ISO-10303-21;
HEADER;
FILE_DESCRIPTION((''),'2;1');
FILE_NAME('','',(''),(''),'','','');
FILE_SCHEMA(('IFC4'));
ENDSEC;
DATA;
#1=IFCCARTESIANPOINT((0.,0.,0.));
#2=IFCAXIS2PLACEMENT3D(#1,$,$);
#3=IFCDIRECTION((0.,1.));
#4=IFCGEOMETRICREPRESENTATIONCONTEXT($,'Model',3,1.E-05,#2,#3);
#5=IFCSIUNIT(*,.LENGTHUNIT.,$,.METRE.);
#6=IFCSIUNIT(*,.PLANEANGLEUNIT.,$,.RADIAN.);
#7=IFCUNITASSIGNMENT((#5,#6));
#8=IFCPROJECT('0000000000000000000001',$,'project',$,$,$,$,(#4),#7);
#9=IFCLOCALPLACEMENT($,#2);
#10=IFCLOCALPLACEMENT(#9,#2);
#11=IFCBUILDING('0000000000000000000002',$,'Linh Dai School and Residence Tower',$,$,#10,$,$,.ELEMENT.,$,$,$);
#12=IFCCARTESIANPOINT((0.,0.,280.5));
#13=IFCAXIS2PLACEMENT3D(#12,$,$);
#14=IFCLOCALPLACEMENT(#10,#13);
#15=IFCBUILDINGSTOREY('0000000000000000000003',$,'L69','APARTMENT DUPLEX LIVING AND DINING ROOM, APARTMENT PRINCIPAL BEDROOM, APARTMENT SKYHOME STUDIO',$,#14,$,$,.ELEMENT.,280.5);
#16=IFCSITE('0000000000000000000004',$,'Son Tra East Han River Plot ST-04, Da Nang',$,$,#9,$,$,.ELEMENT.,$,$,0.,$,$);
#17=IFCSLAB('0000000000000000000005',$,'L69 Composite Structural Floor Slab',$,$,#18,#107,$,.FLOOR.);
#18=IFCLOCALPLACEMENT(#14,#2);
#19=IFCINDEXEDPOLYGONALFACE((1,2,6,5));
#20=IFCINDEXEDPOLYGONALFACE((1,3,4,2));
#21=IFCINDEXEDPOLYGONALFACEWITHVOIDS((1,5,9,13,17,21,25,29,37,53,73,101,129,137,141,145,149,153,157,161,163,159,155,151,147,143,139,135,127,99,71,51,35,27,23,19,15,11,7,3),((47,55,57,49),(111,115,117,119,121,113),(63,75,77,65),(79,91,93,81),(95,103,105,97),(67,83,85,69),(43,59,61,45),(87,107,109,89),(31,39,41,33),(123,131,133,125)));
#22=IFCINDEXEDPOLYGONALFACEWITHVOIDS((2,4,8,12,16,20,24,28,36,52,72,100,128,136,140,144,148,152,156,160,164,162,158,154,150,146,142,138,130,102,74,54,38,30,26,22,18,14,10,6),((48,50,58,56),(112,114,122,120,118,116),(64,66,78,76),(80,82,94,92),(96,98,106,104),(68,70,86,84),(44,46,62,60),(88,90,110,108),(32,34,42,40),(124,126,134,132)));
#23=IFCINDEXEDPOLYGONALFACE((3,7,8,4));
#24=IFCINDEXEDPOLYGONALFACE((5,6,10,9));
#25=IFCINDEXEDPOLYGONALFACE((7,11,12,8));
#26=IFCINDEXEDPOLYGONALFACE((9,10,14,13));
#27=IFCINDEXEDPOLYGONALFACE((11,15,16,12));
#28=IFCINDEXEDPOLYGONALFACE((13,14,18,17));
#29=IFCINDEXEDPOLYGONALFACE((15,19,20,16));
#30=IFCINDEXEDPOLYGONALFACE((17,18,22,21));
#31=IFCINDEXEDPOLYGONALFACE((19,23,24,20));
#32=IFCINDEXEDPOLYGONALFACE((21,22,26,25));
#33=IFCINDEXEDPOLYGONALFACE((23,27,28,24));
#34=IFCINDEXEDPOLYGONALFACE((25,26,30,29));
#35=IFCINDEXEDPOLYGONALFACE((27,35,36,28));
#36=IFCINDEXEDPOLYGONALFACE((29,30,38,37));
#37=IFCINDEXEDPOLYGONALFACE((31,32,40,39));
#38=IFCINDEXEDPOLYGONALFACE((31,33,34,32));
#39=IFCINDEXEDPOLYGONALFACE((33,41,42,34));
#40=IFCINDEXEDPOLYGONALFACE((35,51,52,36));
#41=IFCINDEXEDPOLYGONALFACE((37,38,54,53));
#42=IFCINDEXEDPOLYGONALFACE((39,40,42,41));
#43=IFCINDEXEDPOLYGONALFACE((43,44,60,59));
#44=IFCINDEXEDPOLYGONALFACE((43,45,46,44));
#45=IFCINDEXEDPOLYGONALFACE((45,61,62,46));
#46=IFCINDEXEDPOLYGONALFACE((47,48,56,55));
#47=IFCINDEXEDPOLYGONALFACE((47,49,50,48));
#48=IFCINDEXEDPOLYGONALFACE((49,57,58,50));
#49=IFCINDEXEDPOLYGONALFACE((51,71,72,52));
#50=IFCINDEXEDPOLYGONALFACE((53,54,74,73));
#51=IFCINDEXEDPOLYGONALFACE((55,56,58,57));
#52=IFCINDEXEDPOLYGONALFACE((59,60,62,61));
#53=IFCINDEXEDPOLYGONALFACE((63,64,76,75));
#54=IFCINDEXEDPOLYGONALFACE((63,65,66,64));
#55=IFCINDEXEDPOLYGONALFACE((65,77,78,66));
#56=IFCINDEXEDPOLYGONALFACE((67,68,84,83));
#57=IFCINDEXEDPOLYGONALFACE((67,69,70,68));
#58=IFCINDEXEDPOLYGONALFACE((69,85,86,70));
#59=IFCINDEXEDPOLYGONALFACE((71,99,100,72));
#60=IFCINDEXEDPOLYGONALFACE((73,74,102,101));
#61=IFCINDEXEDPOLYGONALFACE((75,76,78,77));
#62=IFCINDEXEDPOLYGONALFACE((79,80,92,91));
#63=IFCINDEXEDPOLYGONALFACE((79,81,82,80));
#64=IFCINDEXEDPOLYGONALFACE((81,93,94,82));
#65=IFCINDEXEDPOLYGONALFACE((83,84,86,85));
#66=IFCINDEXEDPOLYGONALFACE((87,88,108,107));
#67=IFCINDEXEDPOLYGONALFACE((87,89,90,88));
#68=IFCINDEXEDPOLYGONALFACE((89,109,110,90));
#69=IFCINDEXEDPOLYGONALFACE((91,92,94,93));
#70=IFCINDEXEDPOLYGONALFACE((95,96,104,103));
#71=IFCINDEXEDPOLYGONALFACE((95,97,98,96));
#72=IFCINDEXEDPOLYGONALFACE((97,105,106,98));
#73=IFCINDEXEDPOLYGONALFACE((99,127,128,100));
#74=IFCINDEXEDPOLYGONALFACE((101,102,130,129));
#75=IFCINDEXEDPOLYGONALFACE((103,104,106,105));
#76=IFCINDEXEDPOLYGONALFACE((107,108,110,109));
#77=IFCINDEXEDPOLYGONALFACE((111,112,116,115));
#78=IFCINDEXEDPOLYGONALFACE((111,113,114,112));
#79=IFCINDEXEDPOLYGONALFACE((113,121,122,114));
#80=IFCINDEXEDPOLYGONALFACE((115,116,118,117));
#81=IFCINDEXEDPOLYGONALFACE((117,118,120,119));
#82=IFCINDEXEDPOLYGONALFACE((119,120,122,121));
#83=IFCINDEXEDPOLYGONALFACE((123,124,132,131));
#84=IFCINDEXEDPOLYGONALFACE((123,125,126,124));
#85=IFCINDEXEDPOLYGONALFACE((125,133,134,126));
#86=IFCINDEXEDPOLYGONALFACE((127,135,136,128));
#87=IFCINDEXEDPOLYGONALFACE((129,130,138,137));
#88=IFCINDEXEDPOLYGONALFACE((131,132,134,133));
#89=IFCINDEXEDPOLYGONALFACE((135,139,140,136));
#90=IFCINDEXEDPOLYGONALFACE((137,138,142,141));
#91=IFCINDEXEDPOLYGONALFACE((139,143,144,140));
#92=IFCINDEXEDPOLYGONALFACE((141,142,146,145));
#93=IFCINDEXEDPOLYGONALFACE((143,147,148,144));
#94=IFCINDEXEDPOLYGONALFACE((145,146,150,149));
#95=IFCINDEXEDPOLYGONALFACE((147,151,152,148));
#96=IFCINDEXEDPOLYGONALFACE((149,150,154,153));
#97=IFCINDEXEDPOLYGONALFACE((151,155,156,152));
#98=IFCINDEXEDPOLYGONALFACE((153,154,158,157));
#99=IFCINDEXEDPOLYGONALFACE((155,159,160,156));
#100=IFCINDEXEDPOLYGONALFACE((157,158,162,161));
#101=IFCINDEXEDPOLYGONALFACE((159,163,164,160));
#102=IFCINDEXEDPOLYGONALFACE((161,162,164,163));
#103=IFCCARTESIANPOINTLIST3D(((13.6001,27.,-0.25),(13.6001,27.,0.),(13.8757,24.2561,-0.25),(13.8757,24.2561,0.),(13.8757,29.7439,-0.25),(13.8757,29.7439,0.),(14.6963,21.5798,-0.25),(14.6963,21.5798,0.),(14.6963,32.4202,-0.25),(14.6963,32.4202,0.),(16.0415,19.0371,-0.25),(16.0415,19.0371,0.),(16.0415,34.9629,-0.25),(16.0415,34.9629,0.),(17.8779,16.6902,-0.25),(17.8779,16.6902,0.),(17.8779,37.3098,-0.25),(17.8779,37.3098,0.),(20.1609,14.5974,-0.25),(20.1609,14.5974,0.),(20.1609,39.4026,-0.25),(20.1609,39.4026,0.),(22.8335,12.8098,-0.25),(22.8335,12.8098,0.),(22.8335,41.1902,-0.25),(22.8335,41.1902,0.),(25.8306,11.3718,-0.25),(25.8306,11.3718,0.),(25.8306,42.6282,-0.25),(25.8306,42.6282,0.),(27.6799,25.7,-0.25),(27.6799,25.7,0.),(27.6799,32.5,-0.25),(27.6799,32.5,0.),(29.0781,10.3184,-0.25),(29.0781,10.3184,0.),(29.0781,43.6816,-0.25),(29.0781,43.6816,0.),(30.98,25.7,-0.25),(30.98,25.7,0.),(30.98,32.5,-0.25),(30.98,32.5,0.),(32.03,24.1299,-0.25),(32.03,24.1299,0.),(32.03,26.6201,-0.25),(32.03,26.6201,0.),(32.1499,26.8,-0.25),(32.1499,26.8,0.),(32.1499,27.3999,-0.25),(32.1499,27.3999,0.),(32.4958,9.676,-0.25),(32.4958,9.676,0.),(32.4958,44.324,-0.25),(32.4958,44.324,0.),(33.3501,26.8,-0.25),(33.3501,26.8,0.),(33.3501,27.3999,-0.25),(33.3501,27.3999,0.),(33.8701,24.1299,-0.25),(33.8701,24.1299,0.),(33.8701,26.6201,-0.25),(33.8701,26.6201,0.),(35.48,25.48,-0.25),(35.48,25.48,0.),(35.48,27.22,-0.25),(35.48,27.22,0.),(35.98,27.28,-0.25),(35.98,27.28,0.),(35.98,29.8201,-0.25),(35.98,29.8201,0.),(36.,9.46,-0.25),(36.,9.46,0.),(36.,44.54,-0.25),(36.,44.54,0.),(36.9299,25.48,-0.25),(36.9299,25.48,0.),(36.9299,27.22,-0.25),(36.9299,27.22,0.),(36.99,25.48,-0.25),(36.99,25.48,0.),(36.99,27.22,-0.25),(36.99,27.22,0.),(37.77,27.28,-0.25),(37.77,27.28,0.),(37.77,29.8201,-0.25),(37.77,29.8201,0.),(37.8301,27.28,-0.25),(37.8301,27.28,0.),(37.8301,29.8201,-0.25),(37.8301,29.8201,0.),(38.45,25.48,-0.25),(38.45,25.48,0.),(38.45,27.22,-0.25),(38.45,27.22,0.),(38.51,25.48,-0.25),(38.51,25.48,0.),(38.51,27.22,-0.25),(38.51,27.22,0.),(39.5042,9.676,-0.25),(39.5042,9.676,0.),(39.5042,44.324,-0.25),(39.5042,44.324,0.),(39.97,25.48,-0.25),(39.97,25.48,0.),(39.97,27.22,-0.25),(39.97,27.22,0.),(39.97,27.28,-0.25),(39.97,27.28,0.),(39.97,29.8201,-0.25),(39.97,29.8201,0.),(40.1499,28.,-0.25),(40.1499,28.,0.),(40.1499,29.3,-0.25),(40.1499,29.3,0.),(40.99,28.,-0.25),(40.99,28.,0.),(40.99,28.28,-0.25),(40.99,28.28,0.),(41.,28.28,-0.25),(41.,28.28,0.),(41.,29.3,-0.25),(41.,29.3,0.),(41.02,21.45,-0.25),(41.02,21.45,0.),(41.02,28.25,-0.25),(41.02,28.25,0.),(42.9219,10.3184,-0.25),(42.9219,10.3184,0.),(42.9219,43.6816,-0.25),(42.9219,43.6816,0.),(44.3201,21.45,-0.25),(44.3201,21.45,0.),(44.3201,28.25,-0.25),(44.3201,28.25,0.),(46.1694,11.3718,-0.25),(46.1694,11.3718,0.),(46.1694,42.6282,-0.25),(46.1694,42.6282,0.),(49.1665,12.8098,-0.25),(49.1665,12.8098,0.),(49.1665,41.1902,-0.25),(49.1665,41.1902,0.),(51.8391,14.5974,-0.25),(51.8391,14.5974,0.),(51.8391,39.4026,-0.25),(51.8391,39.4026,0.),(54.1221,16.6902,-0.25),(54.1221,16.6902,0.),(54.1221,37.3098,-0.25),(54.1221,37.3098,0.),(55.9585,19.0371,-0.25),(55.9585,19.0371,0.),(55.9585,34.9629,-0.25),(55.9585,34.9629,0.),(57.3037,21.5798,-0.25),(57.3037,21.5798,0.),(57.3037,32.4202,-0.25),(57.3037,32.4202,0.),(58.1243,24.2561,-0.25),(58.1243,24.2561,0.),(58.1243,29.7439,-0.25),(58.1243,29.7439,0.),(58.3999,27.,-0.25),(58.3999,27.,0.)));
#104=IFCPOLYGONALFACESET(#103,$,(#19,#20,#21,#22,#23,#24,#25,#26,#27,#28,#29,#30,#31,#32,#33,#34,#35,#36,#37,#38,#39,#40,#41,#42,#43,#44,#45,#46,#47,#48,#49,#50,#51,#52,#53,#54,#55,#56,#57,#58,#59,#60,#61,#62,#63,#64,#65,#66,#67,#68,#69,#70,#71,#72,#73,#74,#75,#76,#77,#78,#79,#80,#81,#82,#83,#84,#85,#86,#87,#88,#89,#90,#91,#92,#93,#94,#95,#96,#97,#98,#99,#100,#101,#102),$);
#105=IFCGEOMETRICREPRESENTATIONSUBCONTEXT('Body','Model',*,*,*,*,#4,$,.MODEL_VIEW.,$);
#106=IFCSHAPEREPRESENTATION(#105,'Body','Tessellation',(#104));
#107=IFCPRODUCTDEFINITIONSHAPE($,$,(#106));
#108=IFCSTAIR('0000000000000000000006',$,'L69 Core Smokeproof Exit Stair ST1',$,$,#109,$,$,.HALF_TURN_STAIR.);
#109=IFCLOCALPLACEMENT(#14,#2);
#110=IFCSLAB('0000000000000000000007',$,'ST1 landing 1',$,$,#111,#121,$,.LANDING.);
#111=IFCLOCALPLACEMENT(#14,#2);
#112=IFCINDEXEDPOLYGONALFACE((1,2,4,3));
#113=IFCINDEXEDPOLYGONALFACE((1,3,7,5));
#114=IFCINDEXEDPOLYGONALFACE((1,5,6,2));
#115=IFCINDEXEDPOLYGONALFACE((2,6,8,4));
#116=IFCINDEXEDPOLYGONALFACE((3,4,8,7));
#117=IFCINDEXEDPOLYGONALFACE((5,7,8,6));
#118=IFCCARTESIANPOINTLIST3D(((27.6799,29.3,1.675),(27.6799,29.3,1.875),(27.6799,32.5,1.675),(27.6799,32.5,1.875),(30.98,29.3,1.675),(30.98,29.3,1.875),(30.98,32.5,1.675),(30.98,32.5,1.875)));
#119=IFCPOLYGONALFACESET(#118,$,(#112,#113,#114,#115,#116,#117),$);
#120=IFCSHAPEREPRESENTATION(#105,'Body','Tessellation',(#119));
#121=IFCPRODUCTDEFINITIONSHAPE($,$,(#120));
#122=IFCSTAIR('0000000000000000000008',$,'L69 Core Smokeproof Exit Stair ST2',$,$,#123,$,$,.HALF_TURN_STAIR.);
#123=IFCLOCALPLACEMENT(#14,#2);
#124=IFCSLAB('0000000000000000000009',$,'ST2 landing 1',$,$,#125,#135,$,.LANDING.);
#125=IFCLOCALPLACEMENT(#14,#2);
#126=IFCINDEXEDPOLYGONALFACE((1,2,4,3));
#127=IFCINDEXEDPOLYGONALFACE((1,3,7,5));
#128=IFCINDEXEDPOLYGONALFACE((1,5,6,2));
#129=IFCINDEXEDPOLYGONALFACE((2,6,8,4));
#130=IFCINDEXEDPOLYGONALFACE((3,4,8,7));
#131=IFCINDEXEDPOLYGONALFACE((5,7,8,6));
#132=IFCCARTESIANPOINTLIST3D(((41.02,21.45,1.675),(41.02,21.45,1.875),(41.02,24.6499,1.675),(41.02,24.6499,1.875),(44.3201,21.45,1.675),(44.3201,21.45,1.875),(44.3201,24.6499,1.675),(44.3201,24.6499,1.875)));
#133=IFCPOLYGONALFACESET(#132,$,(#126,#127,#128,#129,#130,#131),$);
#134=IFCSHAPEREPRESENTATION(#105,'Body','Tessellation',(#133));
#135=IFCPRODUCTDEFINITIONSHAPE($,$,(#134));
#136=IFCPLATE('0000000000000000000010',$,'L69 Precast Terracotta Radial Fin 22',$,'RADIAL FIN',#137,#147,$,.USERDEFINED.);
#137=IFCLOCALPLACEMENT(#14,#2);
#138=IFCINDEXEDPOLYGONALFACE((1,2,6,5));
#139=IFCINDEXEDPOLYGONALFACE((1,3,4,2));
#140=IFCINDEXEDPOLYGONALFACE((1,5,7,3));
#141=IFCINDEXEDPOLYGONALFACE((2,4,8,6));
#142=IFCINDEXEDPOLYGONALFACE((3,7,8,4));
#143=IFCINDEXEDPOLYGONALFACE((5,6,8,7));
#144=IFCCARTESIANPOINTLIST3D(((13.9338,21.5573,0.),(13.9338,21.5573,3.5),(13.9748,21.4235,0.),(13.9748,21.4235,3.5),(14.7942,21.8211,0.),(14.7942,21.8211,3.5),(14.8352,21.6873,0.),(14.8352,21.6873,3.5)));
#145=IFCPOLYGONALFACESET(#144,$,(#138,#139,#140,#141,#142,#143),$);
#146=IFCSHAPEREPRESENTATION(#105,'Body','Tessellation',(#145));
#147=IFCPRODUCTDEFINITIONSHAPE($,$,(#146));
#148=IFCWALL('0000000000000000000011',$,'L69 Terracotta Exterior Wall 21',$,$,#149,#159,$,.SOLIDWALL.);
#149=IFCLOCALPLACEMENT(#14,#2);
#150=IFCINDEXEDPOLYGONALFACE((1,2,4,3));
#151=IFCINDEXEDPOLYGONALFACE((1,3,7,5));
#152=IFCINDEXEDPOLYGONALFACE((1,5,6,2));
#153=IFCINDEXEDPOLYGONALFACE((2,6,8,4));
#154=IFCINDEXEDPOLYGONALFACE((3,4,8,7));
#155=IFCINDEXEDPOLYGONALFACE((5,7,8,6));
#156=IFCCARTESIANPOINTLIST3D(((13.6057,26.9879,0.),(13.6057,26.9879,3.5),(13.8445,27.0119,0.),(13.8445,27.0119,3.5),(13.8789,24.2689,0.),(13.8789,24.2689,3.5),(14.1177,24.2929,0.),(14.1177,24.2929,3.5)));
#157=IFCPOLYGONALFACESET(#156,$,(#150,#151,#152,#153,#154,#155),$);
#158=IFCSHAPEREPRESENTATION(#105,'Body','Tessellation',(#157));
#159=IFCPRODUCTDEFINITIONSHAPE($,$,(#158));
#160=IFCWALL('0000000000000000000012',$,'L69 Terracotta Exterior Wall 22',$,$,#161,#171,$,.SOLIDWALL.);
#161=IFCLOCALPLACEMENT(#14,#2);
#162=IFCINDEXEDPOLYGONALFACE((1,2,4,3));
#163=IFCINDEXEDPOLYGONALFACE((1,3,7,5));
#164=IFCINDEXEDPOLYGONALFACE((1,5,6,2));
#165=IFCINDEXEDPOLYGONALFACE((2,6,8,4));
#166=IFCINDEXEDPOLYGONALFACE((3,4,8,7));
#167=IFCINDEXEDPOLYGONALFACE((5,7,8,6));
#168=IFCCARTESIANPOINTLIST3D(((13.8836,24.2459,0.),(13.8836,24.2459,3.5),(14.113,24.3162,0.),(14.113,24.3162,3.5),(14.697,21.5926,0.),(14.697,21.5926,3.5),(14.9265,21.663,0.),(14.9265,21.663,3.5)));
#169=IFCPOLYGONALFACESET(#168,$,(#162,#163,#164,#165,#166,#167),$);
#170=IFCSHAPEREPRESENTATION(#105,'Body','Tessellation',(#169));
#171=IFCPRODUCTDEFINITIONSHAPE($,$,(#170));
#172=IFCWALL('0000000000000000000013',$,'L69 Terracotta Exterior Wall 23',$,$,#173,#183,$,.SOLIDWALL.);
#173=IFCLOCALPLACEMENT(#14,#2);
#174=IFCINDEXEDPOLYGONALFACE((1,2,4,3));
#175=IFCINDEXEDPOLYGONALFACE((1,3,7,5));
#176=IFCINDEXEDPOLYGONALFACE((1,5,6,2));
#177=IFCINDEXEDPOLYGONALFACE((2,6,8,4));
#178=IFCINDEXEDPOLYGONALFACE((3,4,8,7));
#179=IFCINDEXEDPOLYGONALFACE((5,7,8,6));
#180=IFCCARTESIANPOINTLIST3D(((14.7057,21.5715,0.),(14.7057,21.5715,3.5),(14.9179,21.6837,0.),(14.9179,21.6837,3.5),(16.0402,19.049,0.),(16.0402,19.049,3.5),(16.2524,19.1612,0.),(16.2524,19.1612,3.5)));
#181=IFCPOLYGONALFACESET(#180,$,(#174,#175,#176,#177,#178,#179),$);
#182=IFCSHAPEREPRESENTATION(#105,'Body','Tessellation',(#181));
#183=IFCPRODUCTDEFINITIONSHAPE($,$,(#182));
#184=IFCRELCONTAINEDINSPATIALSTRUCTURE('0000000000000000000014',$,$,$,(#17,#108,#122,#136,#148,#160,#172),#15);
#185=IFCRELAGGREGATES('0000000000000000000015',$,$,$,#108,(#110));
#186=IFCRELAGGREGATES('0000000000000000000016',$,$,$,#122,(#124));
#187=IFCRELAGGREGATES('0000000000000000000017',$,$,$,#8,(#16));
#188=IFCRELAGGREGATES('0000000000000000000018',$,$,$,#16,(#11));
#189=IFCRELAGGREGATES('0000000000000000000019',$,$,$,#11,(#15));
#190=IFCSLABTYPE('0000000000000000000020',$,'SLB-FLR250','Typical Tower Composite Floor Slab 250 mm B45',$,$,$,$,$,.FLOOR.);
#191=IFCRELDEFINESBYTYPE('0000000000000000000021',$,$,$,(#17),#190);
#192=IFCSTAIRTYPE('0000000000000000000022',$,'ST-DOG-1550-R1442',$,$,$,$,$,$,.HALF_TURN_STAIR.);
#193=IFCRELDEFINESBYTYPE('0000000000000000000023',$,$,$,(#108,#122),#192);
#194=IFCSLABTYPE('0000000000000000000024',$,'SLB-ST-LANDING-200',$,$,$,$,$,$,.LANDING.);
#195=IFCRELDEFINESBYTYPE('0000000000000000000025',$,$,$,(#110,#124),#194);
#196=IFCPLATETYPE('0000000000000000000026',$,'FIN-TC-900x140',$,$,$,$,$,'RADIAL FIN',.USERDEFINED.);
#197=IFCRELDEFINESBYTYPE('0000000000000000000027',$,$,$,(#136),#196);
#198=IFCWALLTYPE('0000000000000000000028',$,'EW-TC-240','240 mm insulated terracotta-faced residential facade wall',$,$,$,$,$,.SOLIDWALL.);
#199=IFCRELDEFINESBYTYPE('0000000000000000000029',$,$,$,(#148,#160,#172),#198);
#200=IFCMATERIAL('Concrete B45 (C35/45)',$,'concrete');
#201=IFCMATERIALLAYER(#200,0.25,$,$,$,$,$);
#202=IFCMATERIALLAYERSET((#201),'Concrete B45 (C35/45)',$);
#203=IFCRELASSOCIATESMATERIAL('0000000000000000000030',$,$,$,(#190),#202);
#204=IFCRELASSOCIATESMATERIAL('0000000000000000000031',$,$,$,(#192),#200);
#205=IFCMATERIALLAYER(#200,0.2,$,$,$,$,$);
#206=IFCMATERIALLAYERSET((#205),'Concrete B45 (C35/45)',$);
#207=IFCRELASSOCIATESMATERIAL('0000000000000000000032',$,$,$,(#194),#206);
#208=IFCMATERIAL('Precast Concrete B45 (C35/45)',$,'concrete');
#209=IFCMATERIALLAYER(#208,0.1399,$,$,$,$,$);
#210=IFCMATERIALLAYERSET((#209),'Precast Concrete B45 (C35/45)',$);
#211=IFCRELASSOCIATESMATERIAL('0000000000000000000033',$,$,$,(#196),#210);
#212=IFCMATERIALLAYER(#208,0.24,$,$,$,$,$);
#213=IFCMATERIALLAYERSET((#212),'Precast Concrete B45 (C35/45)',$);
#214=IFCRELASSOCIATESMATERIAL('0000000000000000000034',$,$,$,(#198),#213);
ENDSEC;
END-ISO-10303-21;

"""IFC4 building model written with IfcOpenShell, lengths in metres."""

from ifc_helpers import new_model, si_unit, direction, frame, frame_2d, origin, origin_2d, place, context, subcontext, project, spatial, polyline, rectangle, outline, extrude, source, transform, mapped, material, layer, layer_set, type_object, element, aggregate, save


model = new_model("IFC4")

# Units and contexts
model_context = context("Model", 3, precision=1e-05, world=origin(), true_north=direction((0.0, 1.0)))
body_context = subcontext(model_context, "Body", "Model", "MODEL_VIEW")
ifc_project = project(units=[si_unit("LENGTHUNIT", "METRE"), si_unit("PLANEANGLEUNIT", "RADIAN")], contexts=[model_context])

# Site, building, storey
site_placement = place(None, origin())
site = spatial("IfcSite", under=ifc_project, at=site_placement, Name="Son Tra East Han River Plot ST-04, Da Nang", CompositionType="ELEMENT", RefElevation=0.0)
building_placement = place(site_placement, origin())
building = spatial("IfcBuilding", under=site, at=building_placement, Name="Linh Dai School and Residence Tower", CompositionType="ELEMENT")
storey_placement = place(building_placement, frame((0.0, 0.0, 280.5)))
storey = spatial("IfcBuildingStorey", under=building, at=storey_placement, Name="L69", Description="APARTMENT DUPLEX LIVING AND DINING ROOM, APARTMENT PRINCIPAL BEDROOM, APARTMENT SKYHOME STUDIO", CompositionType="ELEMENT", Elevation=280.5)

# Slab
ifc_material_1 = material(Name="Concrete B45 (C35/45)", Category="concrete")
ifc_layer_1 = layer(ifc_material_1, 0.25)
ifc_layer_set_1 = layer_set([ifc_layer_1], Name="Concrete B45 (C35/45)")
slab_type_1 = type_object("IfcSlabType", Name="SLB-FLR250", Description="Typical Tower Composite Floor Slab 250 mm B45", PredefinedType="FLOOR", material=ifc_layer_set_1)
slab_1_placement = place(storey_placement, frame((0.0, 0.0, -0.25)))
element("IfcSlab", 1, at=slab_1_placement, inside=storey, type_object=slab_type_1, Name="L69 Composite Structural Floor Slab", PredefinedType="FLOOR", context=body_context, shape_type="SweptSolid", body=[
    extrude(outline(polyline([(58.3999, 27.0), (58.1243, 29.7439), (57.3037, 32.4202), (55.9585, 34.9629), (54.1221, 37.3098), (51.8391, 39.4026), (49.1665, 41.1902), (46.1694, 42.6282), (42.9219, 43.6816), (39.5042, 44.324), (36.0, 44.54), (32.4958, 44.324), (29.0781, 43.6816), (25.8306, 42.6282), (22.8335, 41.1902), (20.1609, 39.4026), (17.8779, 37.3098), (16.0415, 34.9629), (14.6963, 32.4202), (13.8757, 29.7439), (13.6001, 27.0), (13.8757, 24.2561), (14.6963, 21.5798), (16.0415, 19.0371), (17.8779, 16.6902), (20.1609, 14.5974), (22.8335, 12.8098), (25.8306, 11.3718), (29.0781, 10.3184), (32.4958, 9.676), (36.0, 9.46), (39.5042, 9.676), (42.9219, 10.3184), (46.1694, 11.3718), (49.1665, 12.8098), (51.8391, 14.5974), (54.1221, 16.6902), (55.9585, 19.0371), (57.3037, 21.5798), (58.1243, 24.2561), (58.3999, 27.0)]), holes=[polyline([(30.98, 25.7), (30.98, 32.5), (27.6799, 32.5), (27.6799, 25.7), (30.98, 25.7)]), polyline([(41.02, 28.25), (41.02, 21.45), (44.3201, 21.45), (44.3201, 28.25), (41.02, 28.25)]), polyline([(35.98, 27.28), (37.77, 27.28), (37.77, 29.8201), (35.98, 29.8201), (35.98, 27.28)]), polyline([(32.03, 24.1299), (33.8701, 24.1299), (33.8701, 26.6201), (32.03, 26.6201), (32.03, 24.1299)]), polyline([(37.8301, 27.28), (39.97, 27.28), (39.97, 29.8201), (37.8301, 29.8201), (37.8301, 27.28)]), polyline([(35.48, 25.48), (36.9299, 25.48), (36.9299, 27.22), (35.48, 27.22), (35.48, 25.48)]), polyline([(36.99, 25.48), (38.45, 25.48), (38.45, 27.22), (36.99, 27.22), (36.99, 25.48)]), polyline([(38.51, 25.48), (39.97, 25.48), (39.97, 27.22), (38.51, 27.22), (38.51, 25.48)]), polyline([(40.1499, 28.0), (40.1499, 29.3), (41.0, 29.3), (41.0, 28.28), (40.99, 28.28), (40.99, 28.0), (40.1499, 28.0)]), polyline([(32.1499, 26.8), (33.3501, 26.8), (33.3501, 27.3999), (32.1499, 27.3999), (32.1499, 26.8)])]), origin(), (0.0, 0.0, 1.0), 0.25),
])

# Stairs, slabs
stair_type = type_object("IfcStairType", Name="ST-DOG-1550-R1442", PredefinedType="HALF_TURN_STAIR", material=ifc_material_1)
stair_1_placement = place(storey_placement, origin())
stair_1 = element("IfcStair", 2, at=stair_1_placement, inside=storey, type_object=stair_type, Name="L69 Core Smokeproof Exit Stair ST1", PredefinedType="HALF_TURN_STAIR")
ifc_layer_2 = layer(ifc_material_1, 0.2)
ifc_layer_set_2 = layer_set([ifc_layer_2], Name="Concrete B45 (C35/45)")
slab_type_2 = type_object("IfcSlabType", Name="SLB-ST-LANDING-200", PredefinedType="LANDING", material=ifc_layer_set_2)
slab_2_placement = place(storey_placement, frame((0.0, 0.0, 1.675)))
slab_2 = element("IfcSlab", 3, at=slab_2_placement, type_object=slab_type_2, Name="ST1 landing 1", PredefinedType="LANDING", context=body_context, shape_type="SweptSolid", body=[
    extrude(outline(polyline([(30.98, 29.3), (30.98, 32.5), (27.6799, 32.5), (27.6799, 29.3), (30.98, 29.3)])), origin(), (0.0, 0.0, 1.0), 0.2),
])
aggregate(stair_1, [slab_2])
stair_2_placement = place(storey_placement, origin())
stair_2 = element("IfcStair", 4, at=stair_2_placement, inside=storey, type_object=stair_type, Name="L69 Core Smokeproof Exit Stair ST2", PredefinedType="HALF_TURN_STAIR")
slab_3_placement = place(storey_placement, frame((0.0, 0.0, 1.675)))
slab_3 = element("IfcSlab", 5, at=slab_3_placement, type_object=slab_type_2, Name="ST2 landing 1", PredefinedType="LANDING", context=body_context, shape_type="SweptSolid", body=[
    extrude(outline(polyline([(41.02, 24.6499), (41.02, 21.45), (44.3201, 21.45), (44.3201, 24.6499), (41.02, 24.6499)])), origin(), (0.0, 0.0, 1.0), 0.2),
])
aggregate(stair_2, [slab_3])

# Plate
ifc_material_2 = material(Name="Precast Concrete B45 (C35/45)", Category="concrete")
ifc_layer_3 = layer(ifc_material_2, 0.1399)
ifc_layer_set_3 = layer_set([ifc_layer_3], Name="Precast Concrete B45 (C35/45)")
plate_type = type_object("IfcPlateType", Name="FIN-TC-900x140", ElementType="RADIAL FIN", PredefinedType="USERDEFINED", material=ifc_layer_set_3)
shared_shape_1 = source(origin(), body_context, "Body", "SweptSolid", [
    extrude(rectangle(XDim=0.8999, YDim=0.1399, at=origin_2d()), origin(), (0.0, 0.0, 1.0), 3.5),
])
plate_placement = place(storey_placement, frame((14.3845, 21.6223, 0.0), z_axis=(0.0, 0.0, 1.0), x_axis=(-0.956069, -0.293141, 0.0)))
element("IfcPlate", 6, at=plate_placement, inside=storey, type_object=plate_type, Name="L69 Precast Terracotta Radial Fin 22", ObjectType="RADIAL FIN", PredefinedType="USERDEFINED", context=body_context, shape_type="MappedRepresentation", body=[
    mapped(shared_shape_1, transform((0.0, 0.0, 0.0), x_axis=(1.0, 0.0, 0.0), y_axis=(0.0, 1.0, 0.0), z_axis=(0.0, 0.0, 1.0), scale=1.0)),
])

# Walls
ifc_layer_4 = layer(ifc_material_2, 0.24)
ifc_layer_set_4 = layer_set([ifc_layer_4], Name="Precast Concrete B45 (C35/45)")
wall_type_1 = type_object("IfcWallType", Name="EW-TC-240", Description="240 mm insulated terracotta-faced residential facade wall", PredefinedType="SOLIDWALL", material=ifc_layer_set_4)
wall_1_placement = place(storey_placement, frame((13.9983, 24.281, 0.0), z_axis=(0.0, 0.0, 1.0), x_axis=(-0.099973, 0.99499, 0.0)))
element("IfcWall", 7, at=wall_1_placement, inside=storey, type_object=wall_type_1, Name="L69 Terracotta Exterior Wall 21", PredefinedType="SOLIDWALL", context=body_context, shape_type="SweptSolid", body=[
    extrude(rectangle(XDim=2.7327, YDim=0.24, at=frame_2d((1.3662, 0.0))), origin(), (0.0, 0.0, 1.0), 3.5),
])
wall_2_placement = place(storey_placement, frame((14.8118, 21.6277, 0.0), z_axis=(0.0, 0.0, 1.0), x_axis=(-0.293121, 0.956075, 0.0)))
element("IfcWall", 8, at=wall_2_placement, inside=storey, type_object=wall_type_1, Name="L69 Terracotta Exterior Wall 22", PredefinedType="SOLIDWALL", context=body_context, shape_type="SweptSolid", body=[
    extrude(rectangle(XDim=2.7751, YDim=0.24, at=frame_2d((1.3877, 0.0))), origin(), (0.0, 0.0, 1.0), 3.5),
])
wall_3_placement = place(storey_placement, frame((16.1462, 19.1052, 0.0), z_axis=(0.0, 0.0, 1.0), x_axis=(-0.467628, 0.883925, 0.0)))
element("IfcWall", 9, at=wall_3_placement, inside=storey, type_object=wall_type_1, Name="L69 Terracotta Exterior Wall 23", PredefinedType="SOLIDWALL", context=body_context, shape_type="SweptSolid", body=[
    extrude(rectangle(XDim=2.8538, YDim=0.24, at=frame_2d((1.4268, 0.0))), origin(), (0.0, 0.0, 1.0), 3.5),
])

save(model, "model.ifc")
